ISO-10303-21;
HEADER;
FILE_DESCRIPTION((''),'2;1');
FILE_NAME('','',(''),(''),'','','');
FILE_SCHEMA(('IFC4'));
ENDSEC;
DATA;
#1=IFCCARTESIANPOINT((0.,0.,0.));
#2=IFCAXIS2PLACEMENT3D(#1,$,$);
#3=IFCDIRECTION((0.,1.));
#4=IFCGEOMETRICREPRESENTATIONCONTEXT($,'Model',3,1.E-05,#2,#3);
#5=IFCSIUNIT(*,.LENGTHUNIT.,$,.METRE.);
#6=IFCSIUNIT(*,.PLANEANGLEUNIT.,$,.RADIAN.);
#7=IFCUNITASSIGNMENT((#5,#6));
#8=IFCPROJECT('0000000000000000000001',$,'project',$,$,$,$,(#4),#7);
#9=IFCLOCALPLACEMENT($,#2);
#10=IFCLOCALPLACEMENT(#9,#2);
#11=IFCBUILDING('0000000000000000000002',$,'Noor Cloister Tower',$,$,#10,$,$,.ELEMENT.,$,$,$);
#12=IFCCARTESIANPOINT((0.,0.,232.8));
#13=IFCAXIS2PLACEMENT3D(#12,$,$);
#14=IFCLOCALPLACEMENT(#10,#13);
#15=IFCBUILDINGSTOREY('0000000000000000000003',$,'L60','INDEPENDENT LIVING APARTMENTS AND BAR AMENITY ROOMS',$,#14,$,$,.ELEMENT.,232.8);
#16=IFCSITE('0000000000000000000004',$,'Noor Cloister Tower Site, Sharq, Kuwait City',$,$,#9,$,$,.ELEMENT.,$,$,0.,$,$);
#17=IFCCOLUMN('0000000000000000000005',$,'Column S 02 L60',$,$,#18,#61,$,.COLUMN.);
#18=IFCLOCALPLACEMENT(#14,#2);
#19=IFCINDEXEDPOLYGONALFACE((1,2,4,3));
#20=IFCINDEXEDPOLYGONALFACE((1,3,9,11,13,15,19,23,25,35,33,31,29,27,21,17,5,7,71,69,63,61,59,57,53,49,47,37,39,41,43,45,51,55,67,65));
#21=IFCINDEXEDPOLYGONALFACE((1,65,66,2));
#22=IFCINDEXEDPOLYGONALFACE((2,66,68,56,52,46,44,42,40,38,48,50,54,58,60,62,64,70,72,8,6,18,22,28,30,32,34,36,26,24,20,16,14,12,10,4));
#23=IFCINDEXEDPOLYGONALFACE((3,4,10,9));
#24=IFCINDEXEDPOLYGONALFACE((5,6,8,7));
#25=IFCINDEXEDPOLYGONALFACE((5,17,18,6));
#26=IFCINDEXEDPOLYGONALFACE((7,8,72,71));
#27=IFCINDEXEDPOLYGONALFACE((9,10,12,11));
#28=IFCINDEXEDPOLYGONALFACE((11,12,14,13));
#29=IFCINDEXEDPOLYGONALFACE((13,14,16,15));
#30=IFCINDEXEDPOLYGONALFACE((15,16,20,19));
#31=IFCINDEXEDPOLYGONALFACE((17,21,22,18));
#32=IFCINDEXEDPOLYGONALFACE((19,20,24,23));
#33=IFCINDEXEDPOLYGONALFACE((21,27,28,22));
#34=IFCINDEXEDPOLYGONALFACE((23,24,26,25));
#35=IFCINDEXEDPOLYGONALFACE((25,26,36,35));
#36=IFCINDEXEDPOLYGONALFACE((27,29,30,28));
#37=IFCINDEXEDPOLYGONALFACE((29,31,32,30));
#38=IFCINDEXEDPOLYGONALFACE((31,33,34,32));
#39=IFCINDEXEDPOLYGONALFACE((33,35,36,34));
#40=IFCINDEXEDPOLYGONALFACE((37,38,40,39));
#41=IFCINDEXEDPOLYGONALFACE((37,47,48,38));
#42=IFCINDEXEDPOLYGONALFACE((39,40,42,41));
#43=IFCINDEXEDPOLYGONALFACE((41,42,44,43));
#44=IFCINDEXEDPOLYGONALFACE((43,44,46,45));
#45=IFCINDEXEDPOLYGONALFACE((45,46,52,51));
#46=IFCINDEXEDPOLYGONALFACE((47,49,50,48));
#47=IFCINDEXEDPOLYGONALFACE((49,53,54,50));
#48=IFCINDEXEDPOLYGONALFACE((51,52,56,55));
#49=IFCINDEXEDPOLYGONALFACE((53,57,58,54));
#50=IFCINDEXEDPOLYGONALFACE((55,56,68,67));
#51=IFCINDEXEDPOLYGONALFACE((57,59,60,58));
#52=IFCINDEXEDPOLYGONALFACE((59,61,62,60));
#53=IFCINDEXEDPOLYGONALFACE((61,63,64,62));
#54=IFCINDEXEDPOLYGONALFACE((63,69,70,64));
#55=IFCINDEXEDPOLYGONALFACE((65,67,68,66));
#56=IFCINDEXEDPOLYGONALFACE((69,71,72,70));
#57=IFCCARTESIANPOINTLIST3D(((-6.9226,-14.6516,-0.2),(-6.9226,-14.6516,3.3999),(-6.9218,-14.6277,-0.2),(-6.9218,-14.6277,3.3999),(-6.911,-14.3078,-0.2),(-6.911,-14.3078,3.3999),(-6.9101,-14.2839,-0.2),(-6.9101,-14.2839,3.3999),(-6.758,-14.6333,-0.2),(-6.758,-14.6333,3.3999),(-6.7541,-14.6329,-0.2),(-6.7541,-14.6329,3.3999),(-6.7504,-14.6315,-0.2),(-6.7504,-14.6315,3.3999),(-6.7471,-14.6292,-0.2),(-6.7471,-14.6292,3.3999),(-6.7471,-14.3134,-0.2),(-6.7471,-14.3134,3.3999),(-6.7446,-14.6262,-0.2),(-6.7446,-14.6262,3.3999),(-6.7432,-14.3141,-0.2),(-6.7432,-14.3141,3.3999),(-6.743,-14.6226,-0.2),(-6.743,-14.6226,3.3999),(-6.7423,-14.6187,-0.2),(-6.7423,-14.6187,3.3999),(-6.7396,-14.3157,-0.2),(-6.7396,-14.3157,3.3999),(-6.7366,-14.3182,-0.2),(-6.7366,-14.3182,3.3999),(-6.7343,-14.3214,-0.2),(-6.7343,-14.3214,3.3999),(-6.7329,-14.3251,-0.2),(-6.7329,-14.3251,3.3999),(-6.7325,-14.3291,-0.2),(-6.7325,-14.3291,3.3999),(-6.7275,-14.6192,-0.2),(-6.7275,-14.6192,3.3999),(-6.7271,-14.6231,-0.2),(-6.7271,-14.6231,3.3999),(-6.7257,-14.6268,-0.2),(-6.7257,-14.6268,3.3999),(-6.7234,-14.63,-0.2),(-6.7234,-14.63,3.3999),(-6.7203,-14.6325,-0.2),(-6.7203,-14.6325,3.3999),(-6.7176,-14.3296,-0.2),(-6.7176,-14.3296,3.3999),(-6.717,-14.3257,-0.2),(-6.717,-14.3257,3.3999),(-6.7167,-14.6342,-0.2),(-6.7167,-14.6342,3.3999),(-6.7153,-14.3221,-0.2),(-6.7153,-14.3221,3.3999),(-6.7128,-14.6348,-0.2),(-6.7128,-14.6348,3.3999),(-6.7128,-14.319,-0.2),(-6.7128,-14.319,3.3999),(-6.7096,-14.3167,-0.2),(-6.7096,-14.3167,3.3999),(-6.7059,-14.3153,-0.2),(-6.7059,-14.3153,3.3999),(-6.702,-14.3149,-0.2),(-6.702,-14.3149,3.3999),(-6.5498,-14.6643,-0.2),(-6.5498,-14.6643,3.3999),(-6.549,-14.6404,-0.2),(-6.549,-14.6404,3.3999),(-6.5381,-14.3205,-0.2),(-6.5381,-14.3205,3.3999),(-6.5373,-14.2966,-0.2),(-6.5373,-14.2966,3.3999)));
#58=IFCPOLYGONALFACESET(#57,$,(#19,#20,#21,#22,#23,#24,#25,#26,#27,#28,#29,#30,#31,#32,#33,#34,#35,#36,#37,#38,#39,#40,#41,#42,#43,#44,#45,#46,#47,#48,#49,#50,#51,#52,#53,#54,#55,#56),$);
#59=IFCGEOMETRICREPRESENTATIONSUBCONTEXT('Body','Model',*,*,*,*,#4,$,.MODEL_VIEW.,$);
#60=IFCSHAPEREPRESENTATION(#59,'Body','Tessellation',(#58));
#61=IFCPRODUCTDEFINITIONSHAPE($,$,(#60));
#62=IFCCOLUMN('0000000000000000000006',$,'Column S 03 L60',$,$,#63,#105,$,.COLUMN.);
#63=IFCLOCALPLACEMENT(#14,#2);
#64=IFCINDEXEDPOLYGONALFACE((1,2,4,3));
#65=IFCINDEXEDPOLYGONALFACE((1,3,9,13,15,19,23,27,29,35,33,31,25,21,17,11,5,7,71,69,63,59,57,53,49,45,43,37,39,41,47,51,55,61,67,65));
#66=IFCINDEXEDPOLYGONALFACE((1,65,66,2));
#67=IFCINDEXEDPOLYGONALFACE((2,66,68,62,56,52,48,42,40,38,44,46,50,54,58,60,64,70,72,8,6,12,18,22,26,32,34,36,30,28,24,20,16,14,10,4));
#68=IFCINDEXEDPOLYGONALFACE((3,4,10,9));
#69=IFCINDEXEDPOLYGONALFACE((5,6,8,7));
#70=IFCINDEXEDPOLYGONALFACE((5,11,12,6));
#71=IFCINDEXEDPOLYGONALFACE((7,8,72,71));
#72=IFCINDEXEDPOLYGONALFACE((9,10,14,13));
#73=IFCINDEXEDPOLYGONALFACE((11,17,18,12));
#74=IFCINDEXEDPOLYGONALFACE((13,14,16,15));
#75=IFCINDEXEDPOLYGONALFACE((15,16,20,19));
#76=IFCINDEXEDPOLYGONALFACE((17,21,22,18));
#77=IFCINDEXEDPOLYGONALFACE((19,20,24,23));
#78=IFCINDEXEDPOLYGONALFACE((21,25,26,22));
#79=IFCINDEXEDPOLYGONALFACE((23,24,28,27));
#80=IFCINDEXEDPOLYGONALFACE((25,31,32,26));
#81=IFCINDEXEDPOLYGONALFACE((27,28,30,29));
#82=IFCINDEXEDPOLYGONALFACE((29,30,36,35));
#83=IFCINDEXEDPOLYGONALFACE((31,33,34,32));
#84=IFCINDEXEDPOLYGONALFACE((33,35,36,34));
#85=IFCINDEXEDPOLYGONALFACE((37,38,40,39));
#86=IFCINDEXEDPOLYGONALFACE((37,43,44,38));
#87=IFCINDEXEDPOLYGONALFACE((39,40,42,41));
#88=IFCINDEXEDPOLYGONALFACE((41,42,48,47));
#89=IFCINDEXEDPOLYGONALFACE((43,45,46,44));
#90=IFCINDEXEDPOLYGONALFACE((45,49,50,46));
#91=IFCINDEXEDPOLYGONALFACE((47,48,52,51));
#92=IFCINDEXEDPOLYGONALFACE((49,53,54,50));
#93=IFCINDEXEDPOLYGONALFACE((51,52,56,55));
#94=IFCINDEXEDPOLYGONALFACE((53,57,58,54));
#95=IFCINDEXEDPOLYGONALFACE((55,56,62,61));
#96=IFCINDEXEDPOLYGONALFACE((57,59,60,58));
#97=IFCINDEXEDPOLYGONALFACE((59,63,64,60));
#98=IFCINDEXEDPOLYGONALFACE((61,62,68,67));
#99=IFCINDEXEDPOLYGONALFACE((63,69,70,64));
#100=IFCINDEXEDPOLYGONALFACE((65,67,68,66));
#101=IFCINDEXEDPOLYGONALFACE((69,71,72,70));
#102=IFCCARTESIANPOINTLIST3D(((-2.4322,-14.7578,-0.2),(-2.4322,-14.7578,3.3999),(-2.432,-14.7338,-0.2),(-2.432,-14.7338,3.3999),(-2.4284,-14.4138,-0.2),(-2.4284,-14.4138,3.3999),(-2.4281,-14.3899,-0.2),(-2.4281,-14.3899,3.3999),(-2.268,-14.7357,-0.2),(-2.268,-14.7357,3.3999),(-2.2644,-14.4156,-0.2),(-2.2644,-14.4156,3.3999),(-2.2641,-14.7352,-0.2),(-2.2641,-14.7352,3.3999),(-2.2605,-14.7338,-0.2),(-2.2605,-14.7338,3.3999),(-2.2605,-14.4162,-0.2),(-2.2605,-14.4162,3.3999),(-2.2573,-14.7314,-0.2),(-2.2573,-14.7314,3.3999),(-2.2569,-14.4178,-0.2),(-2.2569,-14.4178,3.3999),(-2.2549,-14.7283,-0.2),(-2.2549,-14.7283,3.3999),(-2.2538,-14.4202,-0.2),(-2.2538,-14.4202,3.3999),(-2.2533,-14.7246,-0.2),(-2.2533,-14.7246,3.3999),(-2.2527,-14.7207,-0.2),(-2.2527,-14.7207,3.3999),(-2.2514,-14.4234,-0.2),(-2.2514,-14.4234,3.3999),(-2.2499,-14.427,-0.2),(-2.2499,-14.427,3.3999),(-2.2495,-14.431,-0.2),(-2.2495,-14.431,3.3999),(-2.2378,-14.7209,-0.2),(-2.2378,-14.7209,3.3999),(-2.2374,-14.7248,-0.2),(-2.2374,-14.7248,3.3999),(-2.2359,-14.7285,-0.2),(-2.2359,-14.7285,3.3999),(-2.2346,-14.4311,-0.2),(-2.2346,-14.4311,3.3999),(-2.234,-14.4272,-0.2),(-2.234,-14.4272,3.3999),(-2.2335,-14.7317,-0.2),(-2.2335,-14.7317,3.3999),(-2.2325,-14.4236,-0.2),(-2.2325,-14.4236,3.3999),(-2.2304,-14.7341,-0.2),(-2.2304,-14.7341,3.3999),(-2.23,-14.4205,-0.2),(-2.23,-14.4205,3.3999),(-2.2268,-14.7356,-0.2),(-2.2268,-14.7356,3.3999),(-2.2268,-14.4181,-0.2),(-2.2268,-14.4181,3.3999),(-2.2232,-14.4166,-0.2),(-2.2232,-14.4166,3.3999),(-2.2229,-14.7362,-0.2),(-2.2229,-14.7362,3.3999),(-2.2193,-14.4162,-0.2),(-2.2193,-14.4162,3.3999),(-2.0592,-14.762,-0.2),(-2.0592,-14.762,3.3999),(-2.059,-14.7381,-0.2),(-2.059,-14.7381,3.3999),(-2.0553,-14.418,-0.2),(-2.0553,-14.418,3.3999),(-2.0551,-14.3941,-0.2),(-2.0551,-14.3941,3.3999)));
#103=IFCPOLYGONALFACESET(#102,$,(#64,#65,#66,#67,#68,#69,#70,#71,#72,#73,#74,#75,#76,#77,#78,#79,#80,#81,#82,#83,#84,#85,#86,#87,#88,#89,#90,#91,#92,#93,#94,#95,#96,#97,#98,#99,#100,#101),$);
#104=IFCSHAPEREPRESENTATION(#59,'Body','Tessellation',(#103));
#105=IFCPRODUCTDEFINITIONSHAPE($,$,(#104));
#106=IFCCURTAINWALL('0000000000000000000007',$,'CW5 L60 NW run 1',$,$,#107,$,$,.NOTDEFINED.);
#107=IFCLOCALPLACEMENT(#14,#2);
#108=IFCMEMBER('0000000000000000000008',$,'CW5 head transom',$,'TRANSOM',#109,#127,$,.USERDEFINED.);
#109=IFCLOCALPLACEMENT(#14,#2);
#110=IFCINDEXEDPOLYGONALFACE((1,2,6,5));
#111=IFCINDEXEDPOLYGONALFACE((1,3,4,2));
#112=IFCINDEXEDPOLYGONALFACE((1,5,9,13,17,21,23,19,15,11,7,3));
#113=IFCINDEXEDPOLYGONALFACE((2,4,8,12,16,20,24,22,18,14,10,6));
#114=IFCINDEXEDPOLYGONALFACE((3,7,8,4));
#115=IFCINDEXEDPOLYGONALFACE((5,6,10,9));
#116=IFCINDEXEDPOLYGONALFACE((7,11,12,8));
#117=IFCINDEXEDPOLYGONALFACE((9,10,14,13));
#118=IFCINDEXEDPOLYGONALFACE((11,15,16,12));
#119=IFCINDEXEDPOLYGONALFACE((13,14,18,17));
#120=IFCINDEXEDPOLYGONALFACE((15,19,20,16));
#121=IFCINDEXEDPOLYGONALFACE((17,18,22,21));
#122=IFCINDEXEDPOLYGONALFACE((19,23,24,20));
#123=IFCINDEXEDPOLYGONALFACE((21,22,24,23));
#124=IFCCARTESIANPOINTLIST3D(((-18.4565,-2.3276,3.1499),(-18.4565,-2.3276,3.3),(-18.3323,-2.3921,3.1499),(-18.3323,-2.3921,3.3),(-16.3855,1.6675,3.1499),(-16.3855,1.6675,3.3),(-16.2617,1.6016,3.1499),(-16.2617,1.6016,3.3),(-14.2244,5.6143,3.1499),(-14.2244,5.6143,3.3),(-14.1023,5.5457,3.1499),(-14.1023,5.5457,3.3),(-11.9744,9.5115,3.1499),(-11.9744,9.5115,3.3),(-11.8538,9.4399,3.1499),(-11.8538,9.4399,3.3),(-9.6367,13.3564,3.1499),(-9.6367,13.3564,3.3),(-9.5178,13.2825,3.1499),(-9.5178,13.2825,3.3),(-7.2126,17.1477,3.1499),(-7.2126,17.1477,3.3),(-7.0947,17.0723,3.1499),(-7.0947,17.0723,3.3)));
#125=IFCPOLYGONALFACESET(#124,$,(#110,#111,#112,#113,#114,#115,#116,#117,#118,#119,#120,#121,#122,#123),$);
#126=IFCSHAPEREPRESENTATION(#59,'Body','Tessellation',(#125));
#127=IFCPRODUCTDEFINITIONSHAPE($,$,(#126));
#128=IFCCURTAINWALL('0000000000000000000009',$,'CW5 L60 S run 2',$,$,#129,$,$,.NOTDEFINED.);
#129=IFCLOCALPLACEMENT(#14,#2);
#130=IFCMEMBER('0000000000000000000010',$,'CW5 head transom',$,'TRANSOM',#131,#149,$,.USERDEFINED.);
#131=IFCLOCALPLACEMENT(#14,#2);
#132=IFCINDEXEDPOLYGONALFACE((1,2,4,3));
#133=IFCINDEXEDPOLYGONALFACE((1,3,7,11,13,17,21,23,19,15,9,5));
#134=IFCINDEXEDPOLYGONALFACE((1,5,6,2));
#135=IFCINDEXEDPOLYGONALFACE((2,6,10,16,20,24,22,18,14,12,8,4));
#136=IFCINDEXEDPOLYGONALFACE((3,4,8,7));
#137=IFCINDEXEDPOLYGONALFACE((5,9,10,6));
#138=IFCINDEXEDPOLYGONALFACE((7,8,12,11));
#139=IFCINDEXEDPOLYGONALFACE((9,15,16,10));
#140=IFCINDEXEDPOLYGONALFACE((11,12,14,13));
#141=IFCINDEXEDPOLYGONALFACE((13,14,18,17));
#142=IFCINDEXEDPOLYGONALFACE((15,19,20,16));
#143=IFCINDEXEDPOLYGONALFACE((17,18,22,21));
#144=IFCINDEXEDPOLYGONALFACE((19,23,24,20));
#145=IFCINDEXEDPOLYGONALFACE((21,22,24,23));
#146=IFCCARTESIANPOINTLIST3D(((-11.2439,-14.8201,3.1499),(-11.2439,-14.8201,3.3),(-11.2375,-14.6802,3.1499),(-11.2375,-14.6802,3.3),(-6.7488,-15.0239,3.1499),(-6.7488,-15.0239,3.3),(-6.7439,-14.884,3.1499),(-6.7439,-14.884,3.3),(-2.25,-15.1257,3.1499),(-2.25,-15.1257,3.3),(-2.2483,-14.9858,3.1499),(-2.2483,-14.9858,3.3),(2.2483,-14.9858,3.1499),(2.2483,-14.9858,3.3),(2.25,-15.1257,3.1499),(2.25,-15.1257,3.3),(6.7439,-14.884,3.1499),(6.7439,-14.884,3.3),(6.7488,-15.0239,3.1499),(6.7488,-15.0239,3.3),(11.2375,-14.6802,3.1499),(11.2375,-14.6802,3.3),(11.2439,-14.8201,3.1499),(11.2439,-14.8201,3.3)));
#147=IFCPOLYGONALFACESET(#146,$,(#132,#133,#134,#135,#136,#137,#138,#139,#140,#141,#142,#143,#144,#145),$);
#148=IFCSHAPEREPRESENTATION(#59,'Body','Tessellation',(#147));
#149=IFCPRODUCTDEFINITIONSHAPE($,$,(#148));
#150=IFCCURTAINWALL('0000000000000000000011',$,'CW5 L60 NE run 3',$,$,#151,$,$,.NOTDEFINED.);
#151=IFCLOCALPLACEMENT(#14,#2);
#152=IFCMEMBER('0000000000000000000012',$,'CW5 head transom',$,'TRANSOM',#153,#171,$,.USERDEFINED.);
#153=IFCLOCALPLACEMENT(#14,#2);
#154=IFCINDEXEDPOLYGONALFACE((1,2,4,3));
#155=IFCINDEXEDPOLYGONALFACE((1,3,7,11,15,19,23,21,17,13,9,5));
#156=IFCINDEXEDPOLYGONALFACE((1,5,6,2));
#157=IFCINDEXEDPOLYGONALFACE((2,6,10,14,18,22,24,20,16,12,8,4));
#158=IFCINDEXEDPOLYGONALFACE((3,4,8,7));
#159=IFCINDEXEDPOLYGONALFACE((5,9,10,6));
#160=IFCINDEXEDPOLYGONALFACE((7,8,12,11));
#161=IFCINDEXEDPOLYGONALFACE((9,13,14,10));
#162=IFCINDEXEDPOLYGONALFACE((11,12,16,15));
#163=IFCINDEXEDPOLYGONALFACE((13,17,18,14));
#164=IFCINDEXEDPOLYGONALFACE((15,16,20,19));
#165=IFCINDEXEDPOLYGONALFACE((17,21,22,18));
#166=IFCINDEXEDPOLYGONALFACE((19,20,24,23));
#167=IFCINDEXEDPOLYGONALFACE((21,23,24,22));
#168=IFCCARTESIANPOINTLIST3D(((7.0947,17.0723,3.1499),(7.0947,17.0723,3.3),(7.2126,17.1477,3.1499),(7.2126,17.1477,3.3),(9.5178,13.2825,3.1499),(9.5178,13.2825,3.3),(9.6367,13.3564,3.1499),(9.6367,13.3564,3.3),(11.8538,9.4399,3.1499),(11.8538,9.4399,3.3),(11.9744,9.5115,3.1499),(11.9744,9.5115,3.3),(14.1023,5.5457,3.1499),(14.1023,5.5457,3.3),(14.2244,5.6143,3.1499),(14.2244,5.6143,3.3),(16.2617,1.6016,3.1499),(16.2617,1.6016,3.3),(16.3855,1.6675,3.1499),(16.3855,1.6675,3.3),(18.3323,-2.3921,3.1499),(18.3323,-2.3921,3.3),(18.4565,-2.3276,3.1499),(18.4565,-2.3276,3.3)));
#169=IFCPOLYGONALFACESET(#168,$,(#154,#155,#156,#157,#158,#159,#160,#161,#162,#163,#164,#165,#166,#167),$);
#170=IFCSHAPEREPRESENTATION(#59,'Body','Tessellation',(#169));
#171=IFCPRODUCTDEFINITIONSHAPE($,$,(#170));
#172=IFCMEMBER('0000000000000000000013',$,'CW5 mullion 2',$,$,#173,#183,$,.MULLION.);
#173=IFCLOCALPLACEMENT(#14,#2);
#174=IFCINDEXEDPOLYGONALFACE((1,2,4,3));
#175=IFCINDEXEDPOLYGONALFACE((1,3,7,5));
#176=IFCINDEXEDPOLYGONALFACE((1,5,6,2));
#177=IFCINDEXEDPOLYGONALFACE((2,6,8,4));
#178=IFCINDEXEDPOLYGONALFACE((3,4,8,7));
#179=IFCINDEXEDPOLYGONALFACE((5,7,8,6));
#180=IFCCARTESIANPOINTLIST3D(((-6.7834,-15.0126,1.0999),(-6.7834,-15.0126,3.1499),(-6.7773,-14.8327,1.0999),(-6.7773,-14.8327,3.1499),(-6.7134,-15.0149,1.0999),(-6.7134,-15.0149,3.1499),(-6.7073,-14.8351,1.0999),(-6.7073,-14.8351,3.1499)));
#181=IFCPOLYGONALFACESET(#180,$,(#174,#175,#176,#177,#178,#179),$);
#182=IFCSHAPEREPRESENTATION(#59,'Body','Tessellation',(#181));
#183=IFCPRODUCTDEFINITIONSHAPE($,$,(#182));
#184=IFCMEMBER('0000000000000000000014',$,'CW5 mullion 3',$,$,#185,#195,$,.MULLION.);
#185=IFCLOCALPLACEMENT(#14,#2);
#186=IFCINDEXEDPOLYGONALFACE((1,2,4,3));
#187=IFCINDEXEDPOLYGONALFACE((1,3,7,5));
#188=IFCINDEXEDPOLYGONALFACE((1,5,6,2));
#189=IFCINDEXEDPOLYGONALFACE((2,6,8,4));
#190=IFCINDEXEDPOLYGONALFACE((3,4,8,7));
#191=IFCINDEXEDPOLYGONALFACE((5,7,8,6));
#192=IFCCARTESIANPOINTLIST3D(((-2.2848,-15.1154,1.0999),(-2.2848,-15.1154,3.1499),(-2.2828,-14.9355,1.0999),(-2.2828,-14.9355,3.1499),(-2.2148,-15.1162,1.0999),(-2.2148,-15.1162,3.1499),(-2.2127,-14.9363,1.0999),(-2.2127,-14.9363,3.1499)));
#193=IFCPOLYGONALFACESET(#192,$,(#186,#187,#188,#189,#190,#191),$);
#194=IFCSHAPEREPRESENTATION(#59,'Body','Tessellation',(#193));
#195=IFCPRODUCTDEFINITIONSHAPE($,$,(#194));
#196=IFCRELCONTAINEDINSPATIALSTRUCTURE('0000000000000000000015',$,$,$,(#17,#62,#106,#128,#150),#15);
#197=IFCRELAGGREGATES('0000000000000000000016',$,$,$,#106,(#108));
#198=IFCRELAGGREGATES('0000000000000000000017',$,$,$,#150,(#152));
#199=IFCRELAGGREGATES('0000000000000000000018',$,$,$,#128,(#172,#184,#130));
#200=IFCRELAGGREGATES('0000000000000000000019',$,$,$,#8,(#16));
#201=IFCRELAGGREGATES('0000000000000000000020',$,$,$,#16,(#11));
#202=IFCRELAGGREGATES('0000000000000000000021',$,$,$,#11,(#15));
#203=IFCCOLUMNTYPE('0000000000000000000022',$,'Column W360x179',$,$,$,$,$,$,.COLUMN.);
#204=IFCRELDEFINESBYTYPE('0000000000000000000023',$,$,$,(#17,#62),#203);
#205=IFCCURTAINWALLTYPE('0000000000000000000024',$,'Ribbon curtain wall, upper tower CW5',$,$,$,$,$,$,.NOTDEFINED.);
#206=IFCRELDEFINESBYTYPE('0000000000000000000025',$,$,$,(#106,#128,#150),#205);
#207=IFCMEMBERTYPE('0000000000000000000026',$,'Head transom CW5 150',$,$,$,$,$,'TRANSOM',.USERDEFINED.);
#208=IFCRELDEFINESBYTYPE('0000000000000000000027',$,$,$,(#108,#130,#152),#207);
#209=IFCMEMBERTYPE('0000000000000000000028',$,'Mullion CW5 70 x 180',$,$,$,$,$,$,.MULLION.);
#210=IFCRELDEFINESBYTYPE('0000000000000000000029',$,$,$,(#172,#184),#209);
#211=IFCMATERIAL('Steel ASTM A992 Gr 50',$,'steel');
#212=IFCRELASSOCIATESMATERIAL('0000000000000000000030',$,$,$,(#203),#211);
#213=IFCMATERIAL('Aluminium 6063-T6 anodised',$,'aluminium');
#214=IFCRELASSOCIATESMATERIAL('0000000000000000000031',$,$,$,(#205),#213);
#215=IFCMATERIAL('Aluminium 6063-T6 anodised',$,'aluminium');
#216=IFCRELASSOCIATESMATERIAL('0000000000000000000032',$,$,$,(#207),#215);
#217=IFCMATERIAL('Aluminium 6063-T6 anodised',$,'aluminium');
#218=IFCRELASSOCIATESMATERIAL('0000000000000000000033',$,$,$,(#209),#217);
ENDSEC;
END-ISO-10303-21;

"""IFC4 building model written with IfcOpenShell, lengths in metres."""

from ifc_helpers import new_model, si_unit, direction, frame, origin, origin_2d, place, context, subcontext, project, spatial, polyline, rectangle, i_section, outline, extrude, material, material_profile, profile_set, type_object, element, aggregate, save


model = new_model("IFC4")

# Units and contexts
model_context = context("Model", 3, precision=1e-05, world=origin(), true_north=direction((0.0, 1.0)))
body_context = subcontext(model_context, "Body", "Model", "MODEL_VIEW")
ifc_project = project(units=[si_unit("LENGTHUNIT", "METRE"), si_unit("PLANEANGLEUNIT", "RADIAN")], contexts=[model_context])

# Site, building, storey
site_placement = place(None, origin())
site = spatial("IfcSite", under=ifc_project, at=site_placement, Name="Noor Cloister Tower Site, Sharq, Kuwait City", CompositionType="ELEMENT", RefElevation=0.0)
building_placement = place(site_placement, origin())
building = spatial("IfcBuilding", under=site, at=building_placement, Name="Noor Cloister Tower", CompositionType="ELEMENT")
storey_placement = place(building_placement, frame((0.0, 0.0, 232.8)))
storey = spatial("IfcBuildingStorey", under=building, at=storey_placement, Name="L60", Description="INDEPENDENT LIVING APARTMENTS AND BAR AMENITY ROOMS", CompositionType="ELEMENT", Elevation=232.8)

# Columns
ifc_material_1 = material(Name="Steel ASTM A992 Gr 50", Category="steel")
ifc_material_profile_1 = material_profile(ifc_material_1, i_section(OverallWidth=0.373, OverallDepth=0.3679, WebThickness=0.0149, FlangeThickness=0.0239, FilletRadius=0.0151, at=origin_2d()), Name="W360x179")
ifc_profile_set_1 = profile_set([ifc_material_profile_1], Name="Steel ASTM A992 Gr 50")
column_type = type_object("IfcColumnType", Name="Column W360x179", PredefinedType="COLUMN", material=ifc_profile_set_1)
for number, where, z_axis, x_axis, name in (
    (1, (-6.73, -14.4741, -0.2), (0.0, 0.0, 1.0), (0.999423, -0.033969, 0.0), "Column S 02 L60"),
    (2, (-2.2437, -14.5759, -0.2), (0.0, 0.0, 1.0), (0.999936, -0.011325, 0.0), "Column S 03 L60"),
):
    element("IfcColumn", number, at=place(storey_placement, frame(where, z_axis=z_axis, x_axis=x_axis)), inside=storey, type_object=column_type, Name=name, PredefinedType="COLUMN", context=body_context, shape_type="SweptSolid", body=[
        extrude(i_section(OverallWidth=0.373, OverallDepth=0.3679, WebThickness=0.0149, FlangeThickness=0.0239, FilletRadius=0.0151, at=origin_2d()), origin(), (0.0, 0.0, 1.0), 3.5999),
    ])

# Curtain walls, members
ifc_material_2 = material(Name="Aluminium 6063-T6 anodised", Category="aluminium")
curtain_wall_type = type_object("IfcCurtainWallType", Name="Ribbon curtain wall, upper tower CW5", PredefinedType="NOTDEFINED", material=ifc_material_2)
curtain_wall_1_placement = place(storey_placement, origin())
curtain_wall_1 = element("IfcCurtainWall", 3, at=curtain_wall_1_placement, inside=storey, type_object=curtain_wall_type, Name="CW5 L60 NW run 1", PredefinedType="NOTDEFINED")
ifc_material_3 = material(Name="Aluminium 6063-T6 anodised", Category="aluminium")
member_type_1 = type_object("IfcMemberType", Name="Head transom CW5 150", ElementType="TRANSOM", PredefinedType="USERDEFINED", material=ifc_material_3)
member_1_placement = place(storey_placement, frame((0.0, 0.0, 3.1499)))
member_1 = element("IfcMember", 4, at=member_1_placement, type_object=member_type_1, Name="CW5 head transom", ObjectType="TRANSOM", PredefinedType="USERDEFINED", context=body_context, shape_type="SweptSolid", body=[
    extrude(outline(polyline([(-7.2126, 17.1477), (-9.6367, 13.3564), (-11.9744, 9.5115), (-14.2244, 5.6143), (-16.3855, 1.6675), (-18.4565, -2.3276), (-18.3323, -2.3921), (-16.2617, 1.6016), (-14.1023, 5.5457), (-11.8538, 9.4399), (-9.5178, 13.2825), (-7.0947, 17.0723), (-7.2126, 17.1477)])), origin(), (0.0, 0.0, 1.0), 0.1501),
])
curtain_wall_2_placement = place(storey_placement, origin())
curtain_wall_2 = element("IfcCurtainWall", 5, at=curtain_wall_2_placement, inside=storey, type_object=curtain_wall_type, Name="CW5 L60 S run 2", PredefinedType="NOTDEFINED")
member_2_placement = place(storey_placement, frame((0.0, 0.0, 3.1499)))
member_2 = element("IfcMember", 6, at=member_2_placement, type_object=member_type_1, Name="CW5 head transom", ObjectType="TRANSOM", PredefinedType="USERDEFINED", context=body_context, shape_type="SweptSolid", body=[
    extrude(outline(polyline([(-11.2439, -14.8201), (-6.7488, -15.0239), (-2.25, -15.1257), (2.25, -15.1257), (6.7488, -15.0239), (11.2439, -14.8201), (11.2375, -14.6802), (6.7439, -14.884), (2.2483, -14.9858), (-2.2483, -14.9858), (-6.7439, -14.884), (-11.2375, -14.6802), (-11.2439, -14.8201)])), origin(), (0.0, 0.0, 1.0), 0.1501),
])
curtain_wall_3_placement = place(storey_placement, origin())
curtain_wall_3 = element("IfcCurtainWall", 7, at=curtain_wall_3_placement, inside=storey, type_object=curtain_wall_type, Name="CW5 L60 NE run 3", PredefinedType="NOTDEFINED")
member_3_placement = place(storey_placement, frame((0.0, 0.0, 3.1499)))
member_3 = element("IfcMember", 8, at=member_3_placement, type_object=member_type_1, Name="CW5 head transom", ObjectType="TRANSOM", PredefinedType="USERDEFINED", context=body_context, shape_type="SweptSolid", body=[
    extrude(outline(polyline([(18.4565, -2.3276), (16.3855, 1.6675), (14.2244, 5.6143), (11.9744, 9.5115), (9.6367, 13.3564), (7.2126, 17.1477), (7.0947, 17.0723), (9.5178, 13.2825), (11.8538, 9.4399), (14.1023, 5.5457), (16.2617, 1.6016), (18.3323, -2.3921), (18.4565, -2.3276)])), origin(), (0.0, 0.0, 1.0), 0.1501),
])

# Members
ifc_material_4 = material(Name="Aluminium 6063-T6 anodised", Category="aluminium")
ifc_material_profile_2 = material_profile(ifc_material_4, rectangle(XDim=0.1799, YDim=0.0701, at=origin_2d()), Name="180 x 70 mullion")
ifc_profile_set_2 = profile_set([ifc_material_profile_2], Name="Aluminium 6063-T6 anodised")
member_type_2 = type_object("IfcMemberType", Name="Mullion CW5 70 x 180", PredefinedType="MULLION", material=ifc_profile_set_2)
member_4_placement = place(storey_placement, frame((-6.7454, -14.9238, 1.0999), z_axis=(0.0, 0.0, 1.0), x_axis=(0.033969, 0.999423, 0.0)))
member_4 = element("IfcMember", 9, at=member_4_placement, type_object=member_type_2, Name="CW5 mullion 2", PredefinedType="MULLION", context=body_context, shape_type="SweptSolid", body=[
    extrude(rectangle(XDim=0.1799, YDim=0.0701, at=origin_2d()), origin(), (0.0, 0.0, 1.0), 2.05),
])
member_5_placement = place(storey_placement, frame((-2.2488, -15.0259, 1.0999), z_axis=(0.0, 0.0, 1.0), x_axis=(0.011325, 0.999936, 0.0)))
member_5 = element("IfcMember", 10, at=member_5_placement, type_object=member_type_2, Name="CW5 mullion 3", PredefinedType="MULLION", context=body_context, shape_type="SweptSolid", body=[
    extrude(rectangle(XDim=0.1799, YDim=0.0701, at=origin_2d()), origin(), (0.0, 0.0, 1.0), 2.05),
])

aggregate(curtain_wall_1, [member_1])
aggregate(curtain_wall_3, [member_3])

aggregate(curtain_wall_2, [member_4, member_5, member_2])

save(model, "model.ifc")
